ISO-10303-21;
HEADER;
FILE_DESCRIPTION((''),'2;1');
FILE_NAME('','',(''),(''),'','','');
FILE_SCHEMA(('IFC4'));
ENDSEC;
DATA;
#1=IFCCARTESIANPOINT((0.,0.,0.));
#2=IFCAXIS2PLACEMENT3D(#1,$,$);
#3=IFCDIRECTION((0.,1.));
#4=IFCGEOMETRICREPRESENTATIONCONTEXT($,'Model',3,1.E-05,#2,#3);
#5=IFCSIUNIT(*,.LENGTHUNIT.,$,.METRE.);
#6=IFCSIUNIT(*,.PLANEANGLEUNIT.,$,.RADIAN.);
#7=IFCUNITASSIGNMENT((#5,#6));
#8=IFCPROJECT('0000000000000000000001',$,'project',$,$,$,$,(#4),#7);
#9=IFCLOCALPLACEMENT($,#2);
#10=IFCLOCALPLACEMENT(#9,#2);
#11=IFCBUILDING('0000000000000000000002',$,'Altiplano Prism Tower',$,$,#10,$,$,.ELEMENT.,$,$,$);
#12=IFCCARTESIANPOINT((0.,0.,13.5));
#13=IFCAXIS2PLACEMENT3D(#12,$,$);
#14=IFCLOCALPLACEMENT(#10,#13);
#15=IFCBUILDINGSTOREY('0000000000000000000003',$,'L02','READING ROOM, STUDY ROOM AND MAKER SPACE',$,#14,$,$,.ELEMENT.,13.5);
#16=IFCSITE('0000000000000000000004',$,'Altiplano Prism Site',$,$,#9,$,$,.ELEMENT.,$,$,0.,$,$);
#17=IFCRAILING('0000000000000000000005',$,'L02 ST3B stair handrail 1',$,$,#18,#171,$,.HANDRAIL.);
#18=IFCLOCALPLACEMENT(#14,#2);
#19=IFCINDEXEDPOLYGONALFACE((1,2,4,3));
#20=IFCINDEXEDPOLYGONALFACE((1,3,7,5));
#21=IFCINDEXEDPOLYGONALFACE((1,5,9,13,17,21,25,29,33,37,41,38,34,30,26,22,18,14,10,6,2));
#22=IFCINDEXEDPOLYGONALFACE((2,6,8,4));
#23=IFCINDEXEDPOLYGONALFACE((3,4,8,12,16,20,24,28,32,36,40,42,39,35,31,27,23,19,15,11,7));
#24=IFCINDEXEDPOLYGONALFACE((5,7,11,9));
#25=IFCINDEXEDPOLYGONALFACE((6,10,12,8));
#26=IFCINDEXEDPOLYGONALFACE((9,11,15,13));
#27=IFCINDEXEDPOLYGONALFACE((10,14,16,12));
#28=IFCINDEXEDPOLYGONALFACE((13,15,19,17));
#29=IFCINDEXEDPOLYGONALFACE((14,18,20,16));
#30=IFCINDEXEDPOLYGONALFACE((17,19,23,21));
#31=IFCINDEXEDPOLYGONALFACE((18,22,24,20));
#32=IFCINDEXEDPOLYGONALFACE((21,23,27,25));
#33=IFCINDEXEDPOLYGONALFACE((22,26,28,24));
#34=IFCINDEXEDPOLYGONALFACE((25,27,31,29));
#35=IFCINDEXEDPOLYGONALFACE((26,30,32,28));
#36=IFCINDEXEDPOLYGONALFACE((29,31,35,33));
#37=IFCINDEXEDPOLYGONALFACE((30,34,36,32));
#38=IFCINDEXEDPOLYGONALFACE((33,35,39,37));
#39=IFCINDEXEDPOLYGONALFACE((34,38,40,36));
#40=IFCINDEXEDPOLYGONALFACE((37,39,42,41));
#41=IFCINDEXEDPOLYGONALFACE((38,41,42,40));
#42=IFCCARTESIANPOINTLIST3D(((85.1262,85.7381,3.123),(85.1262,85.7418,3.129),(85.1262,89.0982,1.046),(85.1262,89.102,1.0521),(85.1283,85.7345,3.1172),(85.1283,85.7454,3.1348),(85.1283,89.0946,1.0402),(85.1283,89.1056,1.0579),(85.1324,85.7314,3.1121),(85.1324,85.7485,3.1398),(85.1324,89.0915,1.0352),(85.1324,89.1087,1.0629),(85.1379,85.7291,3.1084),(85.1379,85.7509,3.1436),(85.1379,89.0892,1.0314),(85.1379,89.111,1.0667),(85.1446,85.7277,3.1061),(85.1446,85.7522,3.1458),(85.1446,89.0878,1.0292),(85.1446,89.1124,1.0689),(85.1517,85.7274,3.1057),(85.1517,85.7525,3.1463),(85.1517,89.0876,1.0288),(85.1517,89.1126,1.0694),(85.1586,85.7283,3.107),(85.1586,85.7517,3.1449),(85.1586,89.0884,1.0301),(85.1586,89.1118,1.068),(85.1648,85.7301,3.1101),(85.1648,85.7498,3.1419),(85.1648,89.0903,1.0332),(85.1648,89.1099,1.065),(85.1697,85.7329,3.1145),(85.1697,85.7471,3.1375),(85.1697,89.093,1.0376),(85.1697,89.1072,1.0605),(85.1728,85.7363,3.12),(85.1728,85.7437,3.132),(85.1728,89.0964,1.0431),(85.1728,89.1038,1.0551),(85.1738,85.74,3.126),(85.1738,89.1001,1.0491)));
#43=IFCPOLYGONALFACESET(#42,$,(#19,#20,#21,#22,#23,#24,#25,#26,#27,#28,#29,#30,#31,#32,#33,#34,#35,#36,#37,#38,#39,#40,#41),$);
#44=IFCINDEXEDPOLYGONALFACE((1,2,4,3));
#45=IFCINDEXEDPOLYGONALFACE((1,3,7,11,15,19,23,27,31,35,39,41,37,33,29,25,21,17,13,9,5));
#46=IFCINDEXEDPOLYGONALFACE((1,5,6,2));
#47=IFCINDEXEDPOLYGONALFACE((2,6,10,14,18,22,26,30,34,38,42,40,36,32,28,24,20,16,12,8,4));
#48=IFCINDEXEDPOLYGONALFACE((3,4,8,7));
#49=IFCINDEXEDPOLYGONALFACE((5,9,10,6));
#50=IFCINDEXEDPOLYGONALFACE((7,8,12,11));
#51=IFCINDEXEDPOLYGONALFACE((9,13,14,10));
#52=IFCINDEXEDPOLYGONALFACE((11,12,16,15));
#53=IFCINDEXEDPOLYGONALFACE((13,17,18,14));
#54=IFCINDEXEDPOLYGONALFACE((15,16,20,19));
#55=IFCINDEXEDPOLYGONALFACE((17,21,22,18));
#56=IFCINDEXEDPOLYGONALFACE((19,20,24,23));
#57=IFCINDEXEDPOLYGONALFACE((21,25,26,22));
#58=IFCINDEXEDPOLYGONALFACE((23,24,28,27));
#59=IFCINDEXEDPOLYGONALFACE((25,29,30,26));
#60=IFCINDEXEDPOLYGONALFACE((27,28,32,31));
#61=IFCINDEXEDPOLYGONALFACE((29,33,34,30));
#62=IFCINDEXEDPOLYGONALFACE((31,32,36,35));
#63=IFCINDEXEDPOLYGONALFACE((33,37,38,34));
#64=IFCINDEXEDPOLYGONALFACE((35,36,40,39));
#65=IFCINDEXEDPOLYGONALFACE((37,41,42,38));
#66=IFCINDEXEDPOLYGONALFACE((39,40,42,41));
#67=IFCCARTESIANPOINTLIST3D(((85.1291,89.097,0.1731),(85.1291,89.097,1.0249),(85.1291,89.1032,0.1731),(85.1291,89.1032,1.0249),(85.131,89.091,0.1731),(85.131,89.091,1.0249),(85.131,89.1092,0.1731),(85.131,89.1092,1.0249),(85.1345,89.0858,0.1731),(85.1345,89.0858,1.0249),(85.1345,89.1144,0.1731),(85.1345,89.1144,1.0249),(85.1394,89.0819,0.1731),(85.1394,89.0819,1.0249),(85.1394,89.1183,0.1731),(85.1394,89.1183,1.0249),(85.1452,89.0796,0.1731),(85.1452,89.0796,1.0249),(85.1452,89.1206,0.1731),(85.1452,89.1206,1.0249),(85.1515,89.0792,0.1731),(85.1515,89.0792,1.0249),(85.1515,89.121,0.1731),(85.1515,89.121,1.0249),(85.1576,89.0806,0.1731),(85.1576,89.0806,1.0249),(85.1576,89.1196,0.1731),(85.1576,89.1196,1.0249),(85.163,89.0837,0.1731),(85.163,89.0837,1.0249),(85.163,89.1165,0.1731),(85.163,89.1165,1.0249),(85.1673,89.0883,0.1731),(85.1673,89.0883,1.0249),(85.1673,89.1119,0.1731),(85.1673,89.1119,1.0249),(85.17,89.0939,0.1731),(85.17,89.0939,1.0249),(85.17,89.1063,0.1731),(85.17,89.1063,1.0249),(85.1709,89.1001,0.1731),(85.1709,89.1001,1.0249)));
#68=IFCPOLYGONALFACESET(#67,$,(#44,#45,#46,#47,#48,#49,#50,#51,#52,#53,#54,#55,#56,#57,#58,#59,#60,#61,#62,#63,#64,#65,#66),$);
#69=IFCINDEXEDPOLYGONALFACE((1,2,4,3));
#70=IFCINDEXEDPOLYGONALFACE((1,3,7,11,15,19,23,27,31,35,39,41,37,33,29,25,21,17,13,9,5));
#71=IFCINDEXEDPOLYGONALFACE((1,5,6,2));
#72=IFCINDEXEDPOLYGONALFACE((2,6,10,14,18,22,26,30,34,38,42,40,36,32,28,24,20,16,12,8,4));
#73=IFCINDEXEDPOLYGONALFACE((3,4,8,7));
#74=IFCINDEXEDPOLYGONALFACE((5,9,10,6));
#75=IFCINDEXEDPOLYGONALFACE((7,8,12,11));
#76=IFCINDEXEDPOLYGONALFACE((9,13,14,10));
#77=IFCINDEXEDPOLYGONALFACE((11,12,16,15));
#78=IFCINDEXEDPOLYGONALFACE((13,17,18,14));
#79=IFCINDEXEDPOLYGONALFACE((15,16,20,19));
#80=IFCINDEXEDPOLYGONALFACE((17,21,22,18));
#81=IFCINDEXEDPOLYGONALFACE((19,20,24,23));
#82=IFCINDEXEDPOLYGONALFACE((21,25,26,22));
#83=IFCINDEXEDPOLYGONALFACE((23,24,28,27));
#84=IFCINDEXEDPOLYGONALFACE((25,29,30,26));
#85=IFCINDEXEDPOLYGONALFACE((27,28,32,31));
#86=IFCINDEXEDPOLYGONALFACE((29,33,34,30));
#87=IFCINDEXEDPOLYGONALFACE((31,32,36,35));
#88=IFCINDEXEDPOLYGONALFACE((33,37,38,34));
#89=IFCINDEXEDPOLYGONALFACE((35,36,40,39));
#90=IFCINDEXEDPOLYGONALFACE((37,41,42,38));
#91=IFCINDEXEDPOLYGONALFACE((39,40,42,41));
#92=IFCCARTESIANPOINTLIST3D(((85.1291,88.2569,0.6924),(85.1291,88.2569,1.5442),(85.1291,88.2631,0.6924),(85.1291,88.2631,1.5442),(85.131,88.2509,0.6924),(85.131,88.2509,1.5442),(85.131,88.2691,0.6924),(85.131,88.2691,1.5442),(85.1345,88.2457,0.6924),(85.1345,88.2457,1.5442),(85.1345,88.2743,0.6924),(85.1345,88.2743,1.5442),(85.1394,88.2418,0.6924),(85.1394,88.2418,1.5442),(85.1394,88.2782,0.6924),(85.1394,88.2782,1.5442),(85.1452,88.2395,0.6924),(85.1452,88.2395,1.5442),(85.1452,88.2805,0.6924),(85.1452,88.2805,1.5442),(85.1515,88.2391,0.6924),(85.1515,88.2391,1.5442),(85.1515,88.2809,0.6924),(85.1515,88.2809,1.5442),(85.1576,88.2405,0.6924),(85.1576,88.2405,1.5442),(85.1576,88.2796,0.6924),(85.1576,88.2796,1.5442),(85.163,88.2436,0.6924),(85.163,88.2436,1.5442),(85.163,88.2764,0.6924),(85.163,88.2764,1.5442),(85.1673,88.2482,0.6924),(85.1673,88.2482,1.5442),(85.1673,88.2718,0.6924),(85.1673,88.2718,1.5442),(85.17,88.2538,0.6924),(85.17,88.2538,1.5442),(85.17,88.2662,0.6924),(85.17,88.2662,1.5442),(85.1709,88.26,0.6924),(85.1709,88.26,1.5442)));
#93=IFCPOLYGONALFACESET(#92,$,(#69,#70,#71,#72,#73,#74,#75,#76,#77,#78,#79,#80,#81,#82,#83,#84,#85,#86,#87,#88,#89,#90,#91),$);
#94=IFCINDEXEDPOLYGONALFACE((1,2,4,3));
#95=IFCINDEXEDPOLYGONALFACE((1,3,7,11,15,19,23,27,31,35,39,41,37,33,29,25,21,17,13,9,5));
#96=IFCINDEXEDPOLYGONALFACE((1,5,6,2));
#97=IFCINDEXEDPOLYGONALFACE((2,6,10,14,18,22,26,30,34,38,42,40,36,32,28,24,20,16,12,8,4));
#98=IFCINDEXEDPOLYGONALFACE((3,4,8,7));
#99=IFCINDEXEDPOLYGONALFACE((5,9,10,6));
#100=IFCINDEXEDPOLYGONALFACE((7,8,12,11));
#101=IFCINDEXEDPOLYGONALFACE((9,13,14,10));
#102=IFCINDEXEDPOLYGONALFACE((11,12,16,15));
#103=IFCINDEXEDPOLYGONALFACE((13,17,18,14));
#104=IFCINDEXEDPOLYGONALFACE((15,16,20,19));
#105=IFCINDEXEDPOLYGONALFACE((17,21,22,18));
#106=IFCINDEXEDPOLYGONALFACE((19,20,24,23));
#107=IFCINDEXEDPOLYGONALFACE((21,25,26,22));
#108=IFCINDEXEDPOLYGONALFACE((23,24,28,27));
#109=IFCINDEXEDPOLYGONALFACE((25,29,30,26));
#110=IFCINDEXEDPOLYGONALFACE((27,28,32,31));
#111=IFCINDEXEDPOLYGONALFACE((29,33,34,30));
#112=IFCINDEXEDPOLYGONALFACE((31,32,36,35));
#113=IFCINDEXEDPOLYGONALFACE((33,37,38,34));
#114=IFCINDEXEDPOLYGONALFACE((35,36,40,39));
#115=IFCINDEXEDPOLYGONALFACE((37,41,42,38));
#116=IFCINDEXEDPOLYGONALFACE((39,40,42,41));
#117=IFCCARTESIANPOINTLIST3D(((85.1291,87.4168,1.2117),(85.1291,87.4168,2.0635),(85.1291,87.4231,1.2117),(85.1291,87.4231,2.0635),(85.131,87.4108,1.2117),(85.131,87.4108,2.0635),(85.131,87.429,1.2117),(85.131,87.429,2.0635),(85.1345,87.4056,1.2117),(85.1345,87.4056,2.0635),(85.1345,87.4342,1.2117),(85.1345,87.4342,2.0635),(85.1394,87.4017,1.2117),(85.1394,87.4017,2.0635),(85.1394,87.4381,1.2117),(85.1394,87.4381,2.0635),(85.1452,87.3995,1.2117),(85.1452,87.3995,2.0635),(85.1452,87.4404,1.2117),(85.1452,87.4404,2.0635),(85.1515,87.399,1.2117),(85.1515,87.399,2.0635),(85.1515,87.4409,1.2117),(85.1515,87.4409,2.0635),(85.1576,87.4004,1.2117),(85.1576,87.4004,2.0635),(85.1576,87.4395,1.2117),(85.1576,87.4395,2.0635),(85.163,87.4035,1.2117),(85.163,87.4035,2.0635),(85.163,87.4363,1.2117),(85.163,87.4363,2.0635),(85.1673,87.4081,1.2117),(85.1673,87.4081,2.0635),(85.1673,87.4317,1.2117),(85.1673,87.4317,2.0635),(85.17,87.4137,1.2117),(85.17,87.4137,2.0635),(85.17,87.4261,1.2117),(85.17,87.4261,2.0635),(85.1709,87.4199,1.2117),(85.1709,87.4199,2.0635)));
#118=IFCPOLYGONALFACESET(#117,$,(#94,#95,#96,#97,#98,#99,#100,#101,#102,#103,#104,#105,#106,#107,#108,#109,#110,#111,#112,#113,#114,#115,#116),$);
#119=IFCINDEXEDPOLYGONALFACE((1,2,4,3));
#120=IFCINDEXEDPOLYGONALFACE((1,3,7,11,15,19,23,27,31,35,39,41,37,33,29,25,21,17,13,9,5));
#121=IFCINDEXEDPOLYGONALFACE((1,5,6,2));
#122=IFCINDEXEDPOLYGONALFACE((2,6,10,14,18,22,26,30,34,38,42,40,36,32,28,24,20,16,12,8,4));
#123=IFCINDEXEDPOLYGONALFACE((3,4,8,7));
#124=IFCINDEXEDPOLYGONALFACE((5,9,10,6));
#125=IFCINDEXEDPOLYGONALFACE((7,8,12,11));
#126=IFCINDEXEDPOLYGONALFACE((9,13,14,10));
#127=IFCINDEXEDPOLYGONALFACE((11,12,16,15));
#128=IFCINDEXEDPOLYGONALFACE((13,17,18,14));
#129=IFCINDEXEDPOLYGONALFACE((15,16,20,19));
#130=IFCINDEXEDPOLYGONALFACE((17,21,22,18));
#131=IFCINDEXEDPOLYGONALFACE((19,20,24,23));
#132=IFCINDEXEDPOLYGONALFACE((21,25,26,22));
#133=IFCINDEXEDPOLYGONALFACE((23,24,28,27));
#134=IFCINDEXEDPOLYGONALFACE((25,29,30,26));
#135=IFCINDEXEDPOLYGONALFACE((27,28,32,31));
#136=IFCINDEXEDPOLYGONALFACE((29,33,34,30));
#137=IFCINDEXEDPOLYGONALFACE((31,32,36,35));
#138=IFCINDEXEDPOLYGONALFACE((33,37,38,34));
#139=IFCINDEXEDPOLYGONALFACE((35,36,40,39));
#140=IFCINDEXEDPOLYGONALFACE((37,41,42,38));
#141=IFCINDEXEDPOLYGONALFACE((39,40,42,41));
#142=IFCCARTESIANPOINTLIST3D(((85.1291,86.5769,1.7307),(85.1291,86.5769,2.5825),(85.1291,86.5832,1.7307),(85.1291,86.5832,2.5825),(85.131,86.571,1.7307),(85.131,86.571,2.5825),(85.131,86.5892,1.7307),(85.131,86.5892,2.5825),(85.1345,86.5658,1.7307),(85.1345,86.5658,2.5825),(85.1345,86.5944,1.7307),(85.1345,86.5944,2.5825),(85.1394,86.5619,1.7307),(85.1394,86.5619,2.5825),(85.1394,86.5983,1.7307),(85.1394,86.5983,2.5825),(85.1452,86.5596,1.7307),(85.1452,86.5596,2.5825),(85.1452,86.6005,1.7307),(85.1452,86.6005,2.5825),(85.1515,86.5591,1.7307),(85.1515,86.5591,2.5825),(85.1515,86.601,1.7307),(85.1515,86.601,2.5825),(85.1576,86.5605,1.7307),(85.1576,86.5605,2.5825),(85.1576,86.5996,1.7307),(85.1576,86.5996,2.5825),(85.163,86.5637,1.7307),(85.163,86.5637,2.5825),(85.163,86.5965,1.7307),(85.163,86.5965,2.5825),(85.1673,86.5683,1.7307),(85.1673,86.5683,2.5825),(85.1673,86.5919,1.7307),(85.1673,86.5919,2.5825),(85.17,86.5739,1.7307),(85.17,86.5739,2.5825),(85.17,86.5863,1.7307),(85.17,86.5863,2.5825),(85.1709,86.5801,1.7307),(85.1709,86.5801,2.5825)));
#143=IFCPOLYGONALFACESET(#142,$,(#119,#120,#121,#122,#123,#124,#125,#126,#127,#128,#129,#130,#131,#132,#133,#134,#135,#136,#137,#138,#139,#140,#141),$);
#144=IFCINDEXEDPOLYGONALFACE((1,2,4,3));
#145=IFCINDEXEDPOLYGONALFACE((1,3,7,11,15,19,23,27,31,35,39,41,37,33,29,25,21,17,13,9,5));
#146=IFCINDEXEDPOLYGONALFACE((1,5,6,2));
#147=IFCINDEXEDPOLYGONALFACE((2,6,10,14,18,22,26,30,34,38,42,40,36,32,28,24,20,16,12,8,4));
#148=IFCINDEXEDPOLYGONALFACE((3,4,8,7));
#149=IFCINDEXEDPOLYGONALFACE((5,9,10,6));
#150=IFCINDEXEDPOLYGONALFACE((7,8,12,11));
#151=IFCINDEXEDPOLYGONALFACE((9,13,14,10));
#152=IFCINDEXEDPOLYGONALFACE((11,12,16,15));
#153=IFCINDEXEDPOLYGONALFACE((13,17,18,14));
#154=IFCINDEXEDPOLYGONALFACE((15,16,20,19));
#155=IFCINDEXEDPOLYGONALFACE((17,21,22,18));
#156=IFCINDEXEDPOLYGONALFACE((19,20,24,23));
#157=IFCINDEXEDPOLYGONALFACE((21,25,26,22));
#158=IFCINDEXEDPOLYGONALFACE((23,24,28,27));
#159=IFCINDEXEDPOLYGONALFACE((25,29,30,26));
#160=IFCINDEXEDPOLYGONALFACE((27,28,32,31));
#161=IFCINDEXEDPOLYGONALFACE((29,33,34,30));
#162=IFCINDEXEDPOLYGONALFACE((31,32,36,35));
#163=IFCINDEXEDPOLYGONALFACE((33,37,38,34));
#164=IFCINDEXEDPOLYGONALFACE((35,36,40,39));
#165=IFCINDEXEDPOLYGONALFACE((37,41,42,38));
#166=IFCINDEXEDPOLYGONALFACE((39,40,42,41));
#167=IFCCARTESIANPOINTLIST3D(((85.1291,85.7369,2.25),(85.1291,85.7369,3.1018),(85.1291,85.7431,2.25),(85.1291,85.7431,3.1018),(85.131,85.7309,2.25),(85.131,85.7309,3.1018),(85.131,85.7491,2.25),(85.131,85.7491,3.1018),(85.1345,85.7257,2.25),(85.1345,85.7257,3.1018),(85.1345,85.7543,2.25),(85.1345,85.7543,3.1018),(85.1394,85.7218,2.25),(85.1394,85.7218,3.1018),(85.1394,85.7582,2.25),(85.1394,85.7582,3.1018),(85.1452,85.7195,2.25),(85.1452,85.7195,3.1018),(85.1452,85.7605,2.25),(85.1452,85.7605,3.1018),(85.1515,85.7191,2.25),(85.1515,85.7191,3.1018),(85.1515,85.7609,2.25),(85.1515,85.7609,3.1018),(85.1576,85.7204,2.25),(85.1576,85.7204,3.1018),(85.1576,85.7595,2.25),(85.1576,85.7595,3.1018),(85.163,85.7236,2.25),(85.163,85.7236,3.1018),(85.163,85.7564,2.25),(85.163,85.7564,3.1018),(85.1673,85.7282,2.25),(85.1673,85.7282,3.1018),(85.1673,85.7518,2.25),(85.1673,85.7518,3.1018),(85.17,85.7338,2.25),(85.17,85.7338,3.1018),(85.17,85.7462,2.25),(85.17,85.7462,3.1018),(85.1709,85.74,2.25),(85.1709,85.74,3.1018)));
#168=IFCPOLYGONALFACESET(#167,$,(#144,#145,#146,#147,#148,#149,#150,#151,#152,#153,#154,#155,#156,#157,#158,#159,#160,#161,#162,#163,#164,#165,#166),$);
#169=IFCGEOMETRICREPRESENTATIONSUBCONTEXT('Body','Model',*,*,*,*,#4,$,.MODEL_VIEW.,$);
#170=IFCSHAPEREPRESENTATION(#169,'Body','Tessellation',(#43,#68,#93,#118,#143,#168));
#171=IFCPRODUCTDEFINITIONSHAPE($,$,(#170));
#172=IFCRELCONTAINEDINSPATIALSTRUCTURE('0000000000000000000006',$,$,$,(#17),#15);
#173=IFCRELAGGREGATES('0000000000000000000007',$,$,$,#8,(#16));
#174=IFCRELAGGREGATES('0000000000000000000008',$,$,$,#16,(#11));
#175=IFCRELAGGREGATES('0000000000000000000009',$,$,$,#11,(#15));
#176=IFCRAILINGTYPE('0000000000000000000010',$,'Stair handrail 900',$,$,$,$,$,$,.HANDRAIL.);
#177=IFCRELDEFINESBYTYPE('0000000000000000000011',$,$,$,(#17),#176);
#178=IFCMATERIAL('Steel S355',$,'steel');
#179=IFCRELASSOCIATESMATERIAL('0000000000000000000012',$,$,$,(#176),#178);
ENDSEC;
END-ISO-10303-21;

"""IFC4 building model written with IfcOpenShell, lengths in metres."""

from ifc_helpers import new_model, si_unit, direction, frame, origin, origin_2d, place, context, subcontext, project, spatial, circle, extrude, material, type_object, element, save


model = new_model("IFC4")

# Units and contexts
model_context = context("Model", 3, precision=1e-05, world=origin(), true_north=direction((0.0, 1.0)))
body_context = subcontext(model_context, "Body", "Model", "MODEL_VIEW")
ifc_project = project(units=[si_unit("LENGTHUNIT", "METRE"), si_unit("PLANEANGLEUNIT", "RADIAN")], contexts=[model_context])

# Site, building, storey
site_placement = place(None, origin())
site = spatial("IfcSite", under=ifc_project, at=site_placement, Name="Altiplano Prism Site", CompositionType="ELEMENT", RefElevation=0.0)
building_placement = place(site_placement, origin())
building = spatial("IfcBuilding", under=site, at=building_placement, Name="Altiplano Prism Tower", CompositionType="ELEMENT")
storey_placement = place(building_placement, frame((0.0, 0.0, 13.5)))
storey = spatial("IfcBuildingStorey", under=building, at=storey_placement, Name="L02", Description="READING ROOM, STUDY ROOM AND MAKER SPACE", CompositionType="ELEMENT", Elevation=13.5)

# Railing
ifc_material_1 = material(Name="Steel S355", Category="steel")
railing_type_1 = type_object("IfcRailingType", Name="Stair handrail 900", PredefinedType="HANDRAIL", material=ifc_material_1)
railing_1_placement = place(storey_placement, frame((85.1499, 89.1001, 0.1731)))
element("IfcRailing", 1, at=railing_1_placement, inside=storey, type_object=railing_type_1, Name="L02 ST3B stair handrail 1", PredefinedType="HANDRAIL", context=body_context, shape_type="SweptSolid", body=[
    extrude(circle(Radius=0.0239, at=origin_2d()), frame((0.0, 0.0, 0.876), z_axis=(0.0, -0.850623, 0.525776), x_axis=(1.0, 0.0, 0.0)), (0.0, 0.0, 1.0), 3.9502),
    extrude(circle(Radius=0.021, at=origin_2d()), origin(), (0.0, 0.0, 1.0), 0.8518),
    extrude(circle(Radius=0.021, at=origin_2d()), frame((0.0, -0.8401, 0.5193)), (0.0, 0.0, 1.0), 0.8518),
    extrude(circle(Radius=0.021, at=origin_2d()), frame((0.0, -1.6802, 1.0386)), (0.0, 0.0, 1.0), 0.8518),
    extrude(circle(Radius=0.021, at=origin_2d()), frame((0.0, -2.52, 1.5576)), (0.0, 0.0, 1.0), 0.8518),
    extrude(circle(Radius=0.021, at=origin_2d()), frame((0.0, -3.3601, 2.0769)), (0.0, 0.0, 1.0), 0.8518),
])

save(model, "model.ifc")
